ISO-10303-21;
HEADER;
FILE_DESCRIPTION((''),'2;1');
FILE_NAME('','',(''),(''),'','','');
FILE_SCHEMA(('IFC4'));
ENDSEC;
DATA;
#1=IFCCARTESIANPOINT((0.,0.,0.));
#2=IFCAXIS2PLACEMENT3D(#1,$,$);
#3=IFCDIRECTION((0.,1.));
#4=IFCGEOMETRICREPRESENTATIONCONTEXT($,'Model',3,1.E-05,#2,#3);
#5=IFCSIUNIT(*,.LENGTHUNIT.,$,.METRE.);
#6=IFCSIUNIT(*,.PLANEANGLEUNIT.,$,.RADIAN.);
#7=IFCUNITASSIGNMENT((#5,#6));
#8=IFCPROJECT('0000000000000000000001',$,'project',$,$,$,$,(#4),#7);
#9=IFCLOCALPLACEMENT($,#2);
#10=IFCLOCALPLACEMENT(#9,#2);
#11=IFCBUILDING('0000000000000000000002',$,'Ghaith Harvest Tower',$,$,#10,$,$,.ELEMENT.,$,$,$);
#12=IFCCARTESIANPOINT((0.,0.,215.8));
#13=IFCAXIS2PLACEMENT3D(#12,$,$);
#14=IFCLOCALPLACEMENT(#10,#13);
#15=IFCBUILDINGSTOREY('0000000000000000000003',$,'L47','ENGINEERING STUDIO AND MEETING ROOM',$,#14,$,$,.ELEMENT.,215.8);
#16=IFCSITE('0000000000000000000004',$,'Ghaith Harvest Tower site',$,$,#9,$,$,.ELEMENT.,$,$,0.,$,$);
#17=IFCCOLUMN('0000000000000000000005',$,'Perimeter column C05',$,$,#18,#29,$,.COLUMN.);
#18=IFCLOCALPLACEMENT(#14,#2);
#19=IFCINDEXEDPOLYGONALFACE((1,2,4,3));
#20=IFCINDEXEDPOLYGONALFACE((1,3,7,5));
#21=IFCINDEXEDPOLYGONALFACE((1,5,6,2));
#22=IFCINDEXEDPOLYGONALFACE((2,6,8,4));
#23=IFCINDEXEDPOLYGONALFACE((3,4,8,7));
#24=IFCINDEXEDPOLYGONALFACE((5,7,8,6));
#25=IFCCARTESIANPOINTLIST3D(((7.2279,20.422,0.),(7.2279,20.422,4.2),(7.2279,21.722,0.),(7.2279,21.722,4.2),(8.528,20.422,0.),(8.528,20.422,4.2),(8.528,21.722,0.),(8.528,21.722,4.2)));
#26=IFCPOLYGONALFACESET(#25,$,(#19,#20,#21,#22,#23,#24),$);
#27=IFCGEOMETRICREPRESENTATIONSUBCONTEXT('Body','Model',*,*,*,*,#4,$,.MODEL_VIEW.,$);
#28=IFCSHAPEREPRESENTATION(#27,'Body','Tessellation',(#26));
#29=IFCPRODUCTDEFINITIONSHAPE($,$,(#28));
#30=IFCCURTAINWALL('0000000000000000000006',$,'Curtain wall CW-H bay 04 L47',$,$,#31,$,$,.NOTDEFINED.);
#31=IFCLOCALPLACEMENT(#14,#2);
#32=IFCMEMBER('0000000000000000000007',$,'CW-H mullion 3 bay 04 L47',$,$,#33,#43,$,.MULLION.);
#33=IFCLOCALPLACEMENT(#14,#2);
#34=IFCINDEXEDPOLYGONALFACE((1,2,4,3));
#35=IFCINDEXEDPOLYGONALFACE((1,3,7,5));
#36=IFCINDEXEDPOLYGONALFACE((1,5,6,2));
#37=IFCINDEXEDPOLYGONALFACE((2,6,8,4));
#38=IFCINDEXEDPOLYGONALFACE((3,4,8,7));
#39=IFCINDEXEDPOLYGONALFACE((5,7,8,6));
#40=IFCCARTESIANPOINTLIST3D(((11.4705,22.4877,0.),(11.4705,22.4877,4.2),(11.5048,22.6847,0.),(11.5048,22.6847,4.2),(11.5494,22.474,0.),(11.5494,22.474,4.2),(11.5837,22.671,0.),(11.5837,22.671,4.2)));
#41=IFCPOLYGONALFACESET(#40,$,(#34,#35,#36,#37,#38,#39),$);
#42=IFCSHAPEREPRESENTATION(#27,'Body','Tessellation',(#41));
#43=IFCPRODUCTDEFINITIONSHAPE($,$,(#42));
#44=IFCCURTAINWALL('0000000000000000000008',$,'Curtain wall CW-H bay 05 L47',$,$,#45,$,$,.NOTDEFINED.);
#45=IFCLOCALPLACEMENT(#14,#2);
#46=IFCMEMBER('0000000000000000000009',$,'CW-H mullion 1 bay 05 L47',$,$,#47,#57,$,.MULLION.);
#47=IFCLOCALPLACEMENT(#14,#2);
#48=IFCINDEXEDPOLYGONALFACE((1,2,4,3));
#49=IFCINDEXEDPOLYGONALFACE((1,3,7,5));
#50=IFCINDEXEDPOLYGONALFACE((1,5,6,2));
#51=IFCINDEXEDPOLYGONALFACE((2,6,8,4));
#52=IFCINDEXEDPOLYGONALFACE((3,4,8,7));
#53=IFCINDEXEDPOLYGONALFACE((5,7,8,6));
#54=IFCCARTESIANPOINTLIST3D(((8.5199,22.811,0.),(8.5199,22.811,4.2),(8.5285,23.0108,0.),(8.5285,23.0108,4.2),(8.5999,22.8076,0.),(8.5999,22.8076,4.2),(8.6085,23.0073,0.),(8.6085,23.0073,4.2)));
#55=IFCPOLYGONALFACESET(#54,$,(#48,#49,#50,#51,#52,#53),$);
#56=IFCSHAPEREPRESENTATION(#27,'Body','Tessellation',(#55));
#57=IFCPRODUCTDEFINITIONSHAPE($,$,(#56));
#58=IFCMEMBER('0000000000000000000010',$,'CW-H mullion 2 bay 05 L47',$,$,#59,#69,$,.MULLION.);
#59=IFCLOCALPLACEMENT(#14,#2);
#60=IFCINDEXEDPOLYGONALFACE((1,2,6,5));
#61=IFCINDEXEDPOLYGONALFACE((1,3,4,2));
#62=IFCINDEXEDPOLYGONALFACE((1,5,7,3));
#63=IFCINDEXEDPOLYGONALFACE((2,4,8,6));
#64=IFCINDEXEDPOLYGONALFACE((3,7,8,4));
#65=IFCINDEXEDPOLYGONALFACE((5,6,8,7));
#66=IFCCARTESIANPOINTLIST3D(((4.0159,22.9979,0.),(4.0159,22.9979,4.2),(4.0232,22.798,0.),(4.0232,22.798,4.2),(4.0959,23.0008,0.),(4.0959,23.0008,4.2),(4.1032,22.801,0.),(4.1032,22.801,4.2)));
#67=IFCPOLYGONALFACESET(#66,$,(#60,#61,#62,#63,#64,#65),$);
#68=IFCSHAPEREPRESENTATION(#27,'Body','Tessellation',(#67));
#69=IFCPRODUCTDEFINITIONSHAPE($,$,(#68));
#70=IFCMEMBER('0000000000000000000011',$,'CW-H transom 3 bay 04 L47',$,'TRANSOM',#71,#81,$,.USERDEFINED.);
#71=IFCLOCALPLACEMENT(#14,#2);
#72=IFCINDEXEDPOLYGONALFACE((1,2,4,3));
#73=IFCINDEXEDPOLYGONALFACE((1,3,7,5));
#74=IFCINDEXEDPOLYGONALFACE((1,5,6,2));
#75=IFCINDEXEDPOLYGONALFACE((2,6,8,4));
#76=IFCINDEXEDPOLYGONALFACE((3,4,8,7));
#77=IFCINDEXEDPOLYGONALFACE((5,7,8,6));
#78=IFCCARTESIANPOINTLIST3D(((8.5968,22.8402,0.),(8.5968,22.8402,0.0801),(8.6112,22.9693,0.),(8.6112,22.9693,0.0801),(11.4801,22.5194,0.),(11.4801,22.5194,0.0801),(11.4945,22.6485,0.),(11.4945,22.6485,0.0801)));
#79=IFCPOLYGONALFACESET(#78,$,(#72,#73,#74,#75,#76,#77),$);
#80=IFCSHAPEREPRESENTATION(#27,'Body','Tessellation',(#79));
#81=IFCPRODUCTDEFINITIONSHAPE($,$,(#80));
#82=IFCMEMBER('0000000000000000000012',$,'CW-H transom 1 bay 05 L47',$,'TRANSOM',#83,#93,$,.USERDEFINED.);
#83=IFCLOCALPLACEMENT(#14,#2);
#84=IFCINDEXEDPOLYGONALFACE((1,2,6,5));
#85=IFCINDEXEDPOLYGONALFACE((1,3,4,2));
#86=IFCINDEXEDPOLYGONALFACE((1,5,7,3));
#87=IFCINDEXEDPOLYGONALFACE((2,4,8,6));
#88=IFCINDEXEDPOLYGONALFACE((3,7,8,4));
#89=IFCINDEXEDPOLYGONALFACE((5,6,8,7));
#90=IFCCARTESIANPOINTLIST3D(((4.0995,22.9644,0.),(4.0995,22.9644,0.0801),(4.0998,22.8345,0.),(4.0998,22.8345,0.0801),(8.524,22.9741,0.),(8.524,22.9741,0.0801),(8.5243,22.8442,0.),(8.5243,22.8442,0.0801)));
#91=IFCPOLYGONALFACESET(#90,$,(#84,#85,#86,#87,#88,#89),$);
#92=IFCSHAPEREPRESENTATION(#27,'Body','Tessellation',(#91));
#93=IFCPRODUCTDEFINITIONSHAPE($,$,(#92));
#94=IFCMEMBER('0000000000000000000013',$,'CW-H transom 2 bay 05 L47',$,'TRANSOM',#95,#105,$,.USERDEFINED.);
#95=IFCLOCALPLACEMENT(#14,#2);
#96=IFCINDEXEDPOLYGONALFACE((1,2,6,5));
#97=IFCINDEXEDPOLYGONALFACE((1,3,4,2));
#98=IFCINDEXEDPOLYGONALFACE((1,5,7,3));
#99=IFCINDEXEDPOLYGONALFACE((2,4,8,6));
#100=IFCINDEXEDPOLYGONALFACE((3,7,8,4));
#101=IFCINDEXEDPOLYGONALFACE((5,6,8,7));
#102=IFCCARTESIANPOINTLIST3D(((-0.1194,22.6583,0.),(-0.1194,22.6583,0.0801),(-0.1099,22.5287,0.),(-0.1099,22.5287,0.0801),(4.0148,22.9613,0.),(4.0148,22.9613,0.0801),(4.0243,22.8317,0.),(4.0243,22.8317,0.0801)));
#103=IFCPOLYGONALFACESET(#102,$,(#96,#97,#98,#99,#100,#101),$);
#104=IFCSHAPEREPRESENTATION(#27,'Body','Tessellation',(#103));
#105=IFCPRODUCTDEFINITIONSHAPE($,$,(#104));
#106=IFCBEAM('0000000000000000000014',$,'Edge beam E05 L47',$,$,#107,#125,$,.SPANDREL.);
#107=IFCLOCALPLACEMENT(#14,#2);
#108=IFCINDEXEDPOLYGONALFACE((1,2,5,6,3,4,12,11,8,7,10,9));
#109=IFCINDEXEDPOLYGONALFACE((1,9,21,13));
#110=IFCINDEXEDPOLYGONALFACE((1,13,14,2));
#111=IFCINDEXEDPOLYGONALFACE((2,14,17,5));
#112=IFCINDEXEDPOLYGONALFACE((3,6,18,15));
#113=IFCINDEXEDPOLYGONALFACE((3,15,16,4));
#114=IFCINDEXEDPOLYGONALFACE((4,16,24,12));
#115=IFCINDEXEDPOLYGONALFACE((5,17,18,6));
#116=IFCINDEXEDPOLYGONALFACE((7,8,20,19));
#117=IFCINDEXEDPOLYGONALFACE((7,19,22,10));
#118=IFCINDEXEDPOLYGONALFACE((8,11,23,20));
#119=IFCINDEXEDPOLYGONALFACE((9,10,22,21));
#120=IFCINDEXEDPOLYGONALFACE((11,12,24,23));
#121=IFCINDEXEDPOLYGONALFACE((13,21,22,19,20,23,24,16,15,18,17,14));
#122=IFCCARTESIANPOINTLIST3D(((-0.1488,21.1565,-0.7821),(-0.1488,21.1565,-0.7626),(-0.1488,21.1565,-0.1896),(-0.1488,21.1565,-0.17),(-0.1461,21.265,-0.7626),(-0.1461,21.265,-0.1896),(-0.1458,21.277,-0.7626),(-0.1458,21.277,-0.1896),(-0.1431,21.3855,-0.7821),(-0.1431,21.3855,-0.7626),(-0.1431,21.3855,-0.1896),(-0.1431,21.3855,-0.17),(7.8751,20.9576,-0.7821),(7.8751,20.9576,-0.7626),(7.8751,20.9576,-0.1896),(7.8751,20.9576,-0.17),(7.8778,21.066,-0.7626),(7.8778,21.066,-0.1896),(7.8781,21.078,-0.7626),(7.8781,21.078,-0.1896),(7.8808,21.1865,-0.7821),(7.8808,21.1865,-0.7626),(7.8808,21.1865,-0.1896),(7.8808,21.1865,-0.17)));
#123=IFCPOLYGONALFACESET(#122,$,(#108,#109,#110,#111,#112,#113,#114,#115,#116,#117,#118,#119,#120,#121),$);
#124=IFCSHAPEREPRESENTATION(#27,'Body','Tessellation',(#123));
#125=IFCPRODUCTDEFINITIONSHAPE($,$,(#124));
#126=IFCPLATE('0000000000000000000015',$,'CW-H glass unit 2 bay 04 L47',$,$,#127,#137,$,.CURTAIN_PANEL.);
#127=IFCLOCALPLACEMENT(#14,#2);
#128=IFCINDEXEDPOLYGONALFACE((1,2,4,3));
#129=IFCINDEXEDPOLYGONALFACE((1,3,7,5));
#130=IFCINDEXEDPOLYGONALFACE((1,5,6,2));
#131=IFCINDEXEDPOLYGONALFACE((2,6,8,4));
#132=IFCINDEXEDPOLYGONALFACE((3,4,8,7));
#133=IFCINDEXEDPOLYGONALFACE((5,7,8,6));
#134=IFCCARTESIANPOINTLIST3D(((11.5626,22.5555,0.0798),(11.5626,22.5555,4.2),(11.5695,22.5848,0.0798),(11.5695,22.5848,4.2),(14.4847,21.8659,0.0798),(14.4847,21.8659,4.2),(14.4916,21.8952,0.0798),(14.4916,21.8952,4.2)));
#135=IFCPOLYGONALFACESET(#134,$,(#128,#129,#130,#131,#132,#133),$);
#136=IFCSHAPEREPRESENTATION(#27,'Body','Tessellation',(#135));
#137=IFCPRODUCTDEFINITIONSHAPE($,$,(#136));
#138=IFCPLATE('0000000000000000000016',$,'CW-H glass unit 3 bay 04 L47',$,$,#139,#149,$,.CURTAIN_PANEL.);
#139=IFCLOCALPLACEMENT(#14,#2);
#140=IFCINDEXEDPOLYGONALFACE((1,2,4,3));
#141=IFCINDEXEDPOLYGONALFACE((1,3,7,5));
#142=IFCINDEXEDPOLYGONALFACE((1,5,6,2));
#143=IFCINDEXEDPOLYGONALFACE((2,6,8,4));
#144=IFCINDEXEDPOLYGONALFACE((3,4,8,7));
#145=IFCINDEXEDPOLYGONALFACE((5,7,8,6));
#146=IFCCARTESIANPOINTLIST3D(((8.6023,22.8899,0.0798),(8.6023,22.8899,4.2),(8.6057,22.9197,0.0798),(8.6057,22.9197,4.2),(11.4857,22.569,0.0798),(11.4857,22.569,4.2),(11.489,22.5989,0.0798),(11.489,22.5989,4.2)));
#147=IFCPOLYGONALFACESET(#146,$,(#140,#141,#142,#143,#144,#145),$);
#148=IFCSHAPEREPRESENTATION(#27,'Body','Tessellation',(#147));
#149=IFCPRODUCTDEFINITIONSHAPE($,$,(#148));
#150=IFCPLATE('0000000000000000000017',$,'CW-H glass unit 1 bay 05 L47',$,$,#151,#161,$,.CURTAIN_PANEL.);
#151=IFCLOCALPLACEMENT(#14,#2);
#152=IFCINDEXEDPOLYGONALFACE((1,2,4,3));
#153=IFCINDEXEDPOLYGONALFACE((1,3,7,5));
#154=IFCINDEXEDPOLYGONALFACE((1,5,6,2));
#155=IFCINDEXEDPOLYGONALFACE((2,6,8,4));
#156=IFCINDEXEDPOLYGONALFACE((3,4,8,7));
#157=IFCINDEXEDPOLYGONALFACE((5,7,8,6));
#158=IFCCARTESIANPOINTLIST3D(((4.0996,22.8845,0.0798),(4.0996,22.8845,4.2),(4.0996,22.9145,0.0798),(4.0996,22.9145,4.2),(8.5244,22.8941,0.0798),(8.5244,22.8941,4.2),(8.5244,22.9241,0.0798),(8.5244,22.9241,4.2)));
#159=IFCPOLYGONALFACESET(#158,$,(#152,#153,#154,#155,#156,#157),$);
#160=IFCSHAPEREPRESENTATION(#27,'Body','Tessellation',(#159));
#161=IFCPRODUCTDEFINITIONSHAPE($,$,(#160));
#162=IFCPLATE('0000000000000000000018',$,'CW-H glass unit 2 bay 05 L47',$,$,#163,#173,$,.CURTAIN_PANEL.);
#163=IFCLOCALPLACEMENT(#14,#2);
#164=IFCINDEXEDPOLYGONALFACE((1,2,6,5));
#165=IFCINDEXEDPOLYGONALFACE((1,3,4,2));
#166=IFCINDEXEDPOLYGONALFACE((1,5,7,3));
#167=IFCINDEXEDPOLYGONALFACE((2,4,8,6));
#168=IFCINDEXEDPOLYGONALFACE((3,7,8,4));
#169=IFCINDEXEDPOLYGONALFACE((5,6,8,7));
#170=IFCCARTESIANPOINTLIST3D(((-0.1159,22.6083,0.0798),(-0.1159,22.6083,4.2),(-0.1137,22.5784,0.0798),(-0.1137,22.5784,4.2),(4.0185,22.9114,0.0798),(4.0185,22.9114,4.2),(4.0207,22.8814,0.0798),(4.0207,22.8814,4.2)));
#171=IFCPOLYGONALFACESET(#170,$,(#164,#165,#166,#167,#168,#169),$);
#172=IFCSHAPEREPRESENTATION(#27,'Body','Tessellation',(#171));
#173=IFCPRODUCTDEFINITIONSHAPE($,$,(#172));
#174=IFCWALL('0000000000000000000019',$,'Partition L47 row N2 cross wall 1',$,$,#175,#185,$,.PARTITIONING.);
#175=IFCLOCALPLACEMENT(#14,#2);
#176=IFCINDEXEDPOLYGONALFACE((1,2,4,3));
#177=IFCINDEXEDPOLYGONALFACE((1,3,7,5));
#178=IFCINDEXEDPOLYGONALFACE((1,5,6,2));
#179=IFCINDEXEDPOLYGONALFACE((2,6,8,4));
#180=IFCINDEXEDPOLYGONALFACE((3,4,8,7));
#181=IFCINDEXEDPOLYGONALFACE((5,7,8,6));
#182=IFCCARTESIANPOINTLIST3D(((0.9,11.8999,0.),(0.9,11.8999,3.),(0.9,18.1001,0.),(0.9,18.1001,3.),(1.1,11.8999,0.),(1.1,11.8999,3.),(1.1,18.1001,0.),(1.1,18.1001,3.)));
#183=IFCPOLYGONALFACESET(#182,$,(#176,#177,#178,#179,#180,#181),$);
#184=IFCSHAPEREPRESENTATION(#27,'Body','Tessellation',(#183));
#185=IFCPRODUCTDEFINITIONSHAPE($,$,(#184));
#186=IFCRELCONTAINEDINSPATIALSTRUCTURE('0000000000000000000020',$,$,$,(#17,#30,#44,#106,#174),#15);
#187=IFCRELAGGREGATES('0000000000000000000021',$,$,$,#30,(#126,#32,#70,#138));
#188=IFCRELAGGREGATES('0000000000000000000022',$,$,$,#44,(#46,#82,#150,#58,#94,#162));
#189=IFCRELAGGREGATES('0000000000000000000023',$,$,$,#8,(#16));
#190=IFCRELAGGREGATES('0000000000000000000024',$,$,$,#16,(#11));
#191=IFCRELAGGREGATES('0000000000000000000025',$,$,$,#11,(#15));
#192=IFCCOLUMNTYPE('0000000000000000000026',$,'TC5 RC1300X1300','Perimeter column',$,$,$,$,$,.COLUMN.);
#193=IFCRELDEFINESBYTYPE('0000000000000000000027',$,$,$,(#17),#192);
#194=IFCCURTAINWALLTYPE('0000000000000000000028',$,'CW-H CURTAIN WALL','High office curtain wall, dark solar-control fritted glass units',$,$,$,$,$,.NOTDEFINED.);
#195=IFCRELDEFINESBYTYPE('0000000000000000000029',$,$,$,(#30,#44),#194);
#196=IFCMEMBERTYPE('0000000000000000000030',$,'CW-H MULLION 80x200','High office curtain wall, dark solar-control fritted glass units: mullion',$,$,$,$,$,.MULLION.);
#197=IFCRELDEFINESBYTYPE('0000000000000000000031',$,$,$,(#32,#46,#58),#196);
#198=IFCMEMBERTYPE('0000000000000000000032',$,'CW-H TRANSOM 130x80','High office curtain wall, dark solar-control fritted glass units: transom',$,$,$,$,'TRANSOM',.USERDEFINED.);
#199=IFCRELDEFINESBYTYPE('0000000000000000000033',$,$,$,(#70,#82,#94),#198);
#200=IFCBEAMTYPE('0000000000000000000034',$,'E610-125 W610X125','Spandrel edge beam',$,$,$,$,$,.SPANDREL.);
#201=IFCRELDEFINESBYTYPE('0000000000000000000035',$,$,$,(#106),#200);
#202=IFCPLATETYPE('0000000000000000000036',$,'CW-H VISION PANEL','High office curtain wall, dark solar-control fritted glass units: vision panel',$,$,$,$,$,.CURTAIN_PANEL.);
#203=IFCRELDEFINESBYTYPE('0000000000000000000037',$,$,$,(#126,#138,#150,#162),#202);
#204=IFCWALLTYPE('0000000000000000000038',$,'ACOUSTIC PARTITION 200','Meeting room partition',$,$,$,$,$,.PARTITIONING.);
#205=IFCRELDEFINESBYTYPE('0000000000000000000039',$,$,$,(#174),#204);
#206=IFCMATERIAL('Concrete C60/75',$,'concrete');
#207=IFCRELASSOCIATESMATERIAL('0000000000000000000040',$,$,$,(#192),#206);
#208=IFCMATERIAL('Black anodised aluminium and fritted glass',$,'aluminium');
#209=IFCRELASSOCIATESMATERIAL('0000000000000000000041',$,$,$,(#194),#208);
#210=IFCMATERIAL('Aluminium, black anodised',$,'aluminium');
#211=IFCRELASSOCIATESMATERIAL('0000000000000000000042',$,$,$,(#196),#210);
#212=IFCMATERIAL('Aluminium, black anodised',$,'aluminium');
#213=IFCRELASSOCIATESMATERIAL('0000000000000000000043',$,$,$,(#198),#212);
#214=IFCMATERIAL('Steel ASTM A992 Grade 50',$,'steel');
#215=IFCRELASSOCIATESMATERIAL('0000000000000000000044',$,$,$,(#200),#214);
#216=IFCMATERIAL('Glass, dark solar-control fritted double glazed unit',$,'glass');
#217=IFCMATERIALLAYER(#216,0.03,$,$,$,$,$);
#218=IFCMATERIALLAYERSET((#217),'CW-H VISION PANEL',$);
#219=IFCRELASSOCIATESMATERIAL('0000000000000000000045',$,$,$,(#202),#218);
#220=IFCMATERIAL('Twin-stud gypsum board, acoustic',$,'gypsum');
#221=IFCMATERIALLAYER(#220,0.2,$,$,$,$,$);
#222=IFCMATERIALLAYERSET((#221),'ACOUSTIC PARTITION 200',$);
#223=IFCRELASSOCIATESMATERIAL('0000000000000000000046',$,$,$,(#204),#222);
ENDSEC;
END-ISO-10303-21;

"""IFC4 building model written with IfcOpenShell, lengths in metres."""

from ifc_helpers import new_model, si_unit, direction, frame, frame_2d, origin, origin_2d, place, context, subcontext, project, spatial, rectangle, i_section, extrude, material, layer, layer_set, material_profile, profile_set, type_object, element, aggregate, save


model = new_model("IFC4")

# Units and contexts
model_context = context("Model", 3, precision=1e-05, world=origin(), true_north=direction((0.0, 1.0)))
body_context = subcontext(model_context, "Body", "Model", "MODEL_VIEW")
ifc_project = project(units=[si_unit("LENGTHUNIT", "METRE"), si_unit("PLANEANGLEUNIT", "RADIAN")], contexts=[model_context])

# Site, building, storey
site_placement = place(None, origin())
site = spatial("IfcSite", under=ifc_project, at=site_placement, Name="Ghaith Harvest Tower site", CompositionType="ELEMENT", RefElevation=0.0)
building_placement = place(site_placement, origin())
building = spatial("IfcBuilding", under=site, at=building_placement, Name="Ghaith Harvest Tower", CompositionType="ELEMENT")
storey_placement = place(building_placement, frame((0.0, 0.0, 215.8)))
storey = spatial("IfcBuildingStorey", under=building, at=storey_placement, Name="L47", Description="ENGINEERING STUDIO AND MEETING ROOM", CompositionType="ELEMENT", Elevation=215.8)

# Column
ifc_material_1 = material(Name="Concrete C60/75", Category="concrete")
ifc_material_profile_1 = material_profile(ifc_material_1, rectangle(XDim=1.3, YDim=1.3, at=origin_2d()), Name="RC1300X1300")
ifc_profile_set_1 = profile_set([ifc_material_profile_1], Name="Concrete C60/75")
column_type = type_object("IfcColumnType", Name="TC5 RC1300X1300", Description="Perimeter column", PredefinedType="COLUMN", material=ifc_profile_set_1)
column_placement = place(storey_placement, frame((7.8779, 21.072, 0.0), z_axis=(0.0, 0.0, 1.0), x_axis=(1.0, 0.0, 0.0)))
element("IfcColumn", 1, at=column_placement, inside=storey, type_object=column_type, Name="Perimeter column C05", PredefinedType="COLUMN", context=body_context, shape_type="SweptSolid", body=[
    extrude(rectangle(XDim=1.3, YDim=1.3, at=origin_2d()), origin(), (0.0, 0.0, 1.0), 4.2),
])

# Curtain wall, member
ifc_material_2 = material(Name="Black anodised aluminium and fritted glass", Category="aluminium")
curtain_wall_type = type_object("IfcCurtainWallType", Name="CW-H CURTAIN WALL", Description="High office curtain wall, dark solar-control fritted glass units", PredefinedType="NOTDEFINED", material=ifc_material_2)
curtain_wall_1_placement = place(storey_placement, origin())
curtain_wall_1 = element("IfcCurtainWall", 2, at=curtain_wall_1_placement, inside=storey, type_object=curtain_wall_type, Name="Curtain wall CW-H bay 04 L47", PredefinedType="NOTDEFINED")
ifc_material_3 = material(Name="Aluminium, black anodised", Category="aluminium")
ifc_material_profile_2 = material_profile(ifc_material_3, rectangle(XDim=0.0801, YDim=0.2, at=origin_2d()), Name="CW-H MULLION 80x200")
ifc_profile_set_2 = profile_set([ifc_material_profile_2], Name="Aluminium, black anodised")
member_type_1 = type_object("IfcMemberType", Name="CW-H MULLION 80x200", Description="High office curtain wall, dark solar-control fritted glass units: mullion", PredefinedType="MULLION", material=ifc_profile_set_2)
member_1_placement = place(storey_placement, frame((11.5271, 22.5793, 0.0), z_axis=(0.0, 0.0, 1.0), x_axis=(-0.985193, 0.171447, 0.0)))
member_1 = element("IfcMember", 3, at=member_1_placement, type_object=member_type_1, Name="CW-H mullion 3 bay 04 L47", PredefinedType="MULLION", context=body_context, shape_type="SweptSolid", body=[
    extrude(rectangle(XDim=0.0801, YDim=0.2, at=origin_2d()), origin(), (0.0, 0.0, 1.0), 4.2),
])

# Curtain wall, members
curtain_wall_2_placement = place(storey_placement, origin())
curtain_wall_2 = element("IfcCurtainWall", 4, at=curtain_wall_2_placement, inside=storey, type_object=curtain_wall_type, Name="Curtain wall CW-H bay 05 L47", PredefinedType="NOTDEFINED")
member_2_placement = place(storey_placement, frame((8.5642, 22.9092, 0.0), z_axis=(0.0, 0.0, 1.0), x_axis=(-0.999084, 0.042803, 0.0)))
member_2 = element("IfcMember", 5, at=member_2_placement, type_object=member_type_1, Name="CW-H mullion 1 bay 05 L47", PredefinedType="MULLION", context=body_context, shape_type="SweptSolid", body=[
    extrude(rectangle(XDim=0.0801, YDim=0.2, at=origin_2d()), origin(), (0.0, 0.0, 1.0), 4.2),
])
member_3_placement = place(storey_placement, frame((4.0596, 22.8994, 0.0), z_axis=(0.0, 0.0, 1.0), x_axis=(-0.999333, -0.036524, 0.0)))
member_3 = element("IfcMember", 6, at=member_3_placement, type_object=member_type_1, Name="CW-H mullion 2 bay 05 L47", PredefinedType="MULLION", context=body_context, shape_type="SweptSolid", body=[
    extrude(rectangle(XDim=0.0801, YDim=0.2, at=origin_2d()), origin(), (0.0, 0.0, 1.0), 4.2),
])

# Members
ifc_material_4 = material(Name="Aluminium, black anodised", Category="aluminium")
ifc_material_profile_3 = material_profile(ifc_material_4, rectangle(XDim=0.1299, YDim=0.0801, at=origin_2d()), Name="CW-H TRANSOM 130x80")
ifc_profile_set_3 = profile_set([ifc_material_profile_3], Name="Aluminium, black anodised")
member_type_2 = type_object("IfcMemberType", Name="CW-H TRANSOM 130x80", Description="High office curtain wall, dark solar-control fritted glass units: transom", ElementType="TRANSOM", PredefinedType="USERDEFINED", material=ifc_profile_set_3)
member_4_placement = place(storey_placement, frame((11.4873, 22.584, 0.04), z_axis=(-0.993867, 0.110579, 0.0), x_axis=(-0.110579, -0.993867, 0.0)))
member_4 = element("IfcMember", 7, at=member_4_placement, type_object=member_type_2, Name="CW-H transom 3 bay 04 L47", ObjectType="TRANSOM", PredefinedType="USERDEFINED", context=body_context, shape_type="SweptSolid", body=[
    extrude(rectangle(XDim=0.1299, YDim=0.0801, at=origin_2d()), origin(), (0.0, 0.0, 1.0), 2.9011),
])
member_5_placement = place(storey_placement, frame((8.5242, 22.9092, 0.04), z_axis=(-0.999998, -0.002207, 0.0), x_axis=(0.002207, -0.999998, 0.0)))
member_5 = element("IfcMember", 8, at=member_5_placement, type_object=member_type_2, Name="CW-H transom 1 bay 05 L47", ObjectType="TRANSOM", PredefinedType="USERDEFINED", context=body_context, shape_type="SweptSolid", body=[
    extrude(rectangle(XDim=0.1299, YDim=0.0801, at=origin_2d()), origin(), (0.0, 0.0, 1.0), 4.4246),
])
member_6_placement = place(storey_placement, frame((4.0195, 22.8965, 0.04), z_axis=(-0.997325, -0.073089, 0.0), x_axis=(0.073089, -0.997325, 0.0)))
member_6 = element("IfcMember", 9, at=member_6_placement, type_object=member_type_2, Name="CW-H transom 2 bay 05 L47", ObjectType="TRANSOM", PredefinedType="USERDEFINED", context=body_context, shape_type="SweptSolid", body=[
    extrude(rectangle(XDim=0.1299, YDim=0.0801, at=origin_2d()), origin(), (0.0, 0.0, 1.0), 4.1453),
])

# Beam
ifc_material_5 = material(Name="Steel ASTM A992 Grade 50", Category="steel")
ifc_material_profile_4 = material_profile(ifc_material_5, i_section(OverallWidth=0.229, OverallDepth=0.6121, WebThickness=0.012, FlangeThickness=0.0195, at=origin_2d()), Name="W610X125")
ifc_profile_set_4 = profile_set([ifc_material_profile_4], Name="Steel ASTM A992 Grade 50")
beam_type = type_object("IfcBeamType", Name="E610-125 W610X125", Description="Spandrel edge beam", PredefinedType="SPANDREL", material=ifc_profile_set_4)
beam_placement = place(storey_placement, frame((7.8779, 21.072, -0.4761), z_axis=(-0.999693, 0.02479, 0.0), x_axis=(-0.02479, -0.999693, 0.0)))
element("IfcBeam", 10, at=beam_placement, inside=storey, type_object=beam_type, Name="Edge beam E05 L47", PredefinedType="SPANDREL", context=body_context, shape_type="SweptSolid", body=[
    extrude(i_section(OverallWidth=0.229, OverallDepth=0.6121, WebThickness=0.012, FlangeThickness=0.0195, at=origin_2d()), origin(), (0.0, 0.0, 1.0), 8.0264),
])

# Plates
ifc_material_6 = material(Name="Glass, dark solar-control fritted double glazed unit", Category="glass")
ifc_layer_1 = layer(ifc_material_6, 0.03)
ifc_layer_set_1 = layer_set([ifc_layer_1], Name="CW-H VISION PANEL")
plate_type = type_object("IfcPlateType", Name="CW-H VISION PANEL", Description="High office curtain wall, dark solar-control fritted glass units: vision panel", PredefinedType="CURTAIN_PANEL", material=ifc_layer_set_1)
plate_1_placement = place(storey_placement, frame((13.0271, 22.2253, 0.0798), z_axis=(0.0, 0.0, 1.0), x_axis=(-0.973266, 0.22968, 0.0)))
plate_1 = element("IfcPlate", 11, at=plate_1_placement, type_object=plate_type, Name="CW-H glass unit 2 bay 04 L47", PredefinedType="CURTAIN_PANEL", context=body_context, shape_type="SweptSolid", body=[
    extrude(rectangle(XDim=3.0024, YDim=0.03, at=origin_2d()), origin(), (0.0, 0.0, 1.0), 4.1201),
])
plate_2_placement = place(storey_placement, frame((10.0457, 22.7444, 0.0798), z_axis=(0.0, 0.0, 1.0), x_axis=(-0.993865, 0.110598, 0.0)))
plate_2 = element("IfcPlate", 12, at=plate_2_placement, type_object=plate_type, Name="CW-H glass unit 3 bay 04 L47", PredefinedType="CURTAIN_PANEL", context=body_context, shape_type="SweptSolid", body=[
    extrude(rectangle(XDim=2.9011, YDim=0.03, at=origin_2d()), origin(), (0.0, 0.0, 1.0), 4.1201),
])
aggregate(curtain_wall_1, [plate_1, member_1, member_4, plate_2])
plate_3_placement = place(storey_placement, frame((6.312, 22.9043, 0.0798), z_axis=(0.0, 0.0, 1.0), x_axis=(-0.999998, -0.002171, 0.0)))
plate_3 = element("IfcPlate", 13, at=plate_3_placement, type_object=plate_type, Name="CW-H glass unit 1 bay 05 L47", PredefinedType="CURTAIN_PANEL", context=body_context, shape_type="SweptSolid", body=[
    extrude(rectangle(XDim=4.4248, YDim=0.03, at=origin_2d()), origin(), (0.0, 0.0, 1.0), 4.1201),
])
plate_4_placement = place(storey_placement, frame((1.9524, 22.7449, 0.0798), z_axis=(0.0, 0.0, 1.0), x_axis=(-0.997325, -0.073101, 0.0)))
plate_4 = element("IfcPlate", 14, at=plate_4_placement, type_object=plate_type, Name="CW-H glass unit 2 bay 05 L47", PredefinedType="CURTAIN_PANEL", context=body_context, shape_type="SweptSolid", body=[
    extrude(rectangle(XDim=4.1455, YDim=0.03, at=origin_2d()), origin(), (0.0, 0.0, 1.0), 4.1201),
])
aggregate(curtain_wall_2, [member_2, member_5, plate_3, member_3, member_6, plate_4])

# Wall
ifc_material_7 = material(Name="Twin-stud gypsum board, acoustic", Category="gypsum")
ifc_layer_2 = layer(ifc_material_7, 0.2)
ifc_layer_set_2 = layer_set([ifc_layer_2], Name="ACOUSTIC PARTITION 200")
wall_type = type_object("IfcWallType", Name="ACOUSTIC PARTITION 200", Description="Meeting room partition", PredefinedType="PARTITIONING", material=ifc_layer_set_2)
for number, where, z_axis, x_axis, name in (
    (15, (1.0, 11.8999, 0.0), (0.0, 0.0, 1.0), (0.0, 1.0, 0.0), "Partition L47 row N2 cross wall 1"),
):
    element("IfcWall", number, at=place(storey_placement, frame(where, z_axis=z_axis, x_axis=x_axis)), inside=storey, type_object=wall_type, Name=name, PredefinedType="PARTITIONING", context=body_context, shape_type="SweptSolid", body=[
        extrude(rectangle(XDim=6.2002, YDim=0.2, at=frame_2d((3.1001, 0.0))), origin(), (0.0, 0.0, 1.0), 3.0),
    ])

save(model, "model.ifc")
